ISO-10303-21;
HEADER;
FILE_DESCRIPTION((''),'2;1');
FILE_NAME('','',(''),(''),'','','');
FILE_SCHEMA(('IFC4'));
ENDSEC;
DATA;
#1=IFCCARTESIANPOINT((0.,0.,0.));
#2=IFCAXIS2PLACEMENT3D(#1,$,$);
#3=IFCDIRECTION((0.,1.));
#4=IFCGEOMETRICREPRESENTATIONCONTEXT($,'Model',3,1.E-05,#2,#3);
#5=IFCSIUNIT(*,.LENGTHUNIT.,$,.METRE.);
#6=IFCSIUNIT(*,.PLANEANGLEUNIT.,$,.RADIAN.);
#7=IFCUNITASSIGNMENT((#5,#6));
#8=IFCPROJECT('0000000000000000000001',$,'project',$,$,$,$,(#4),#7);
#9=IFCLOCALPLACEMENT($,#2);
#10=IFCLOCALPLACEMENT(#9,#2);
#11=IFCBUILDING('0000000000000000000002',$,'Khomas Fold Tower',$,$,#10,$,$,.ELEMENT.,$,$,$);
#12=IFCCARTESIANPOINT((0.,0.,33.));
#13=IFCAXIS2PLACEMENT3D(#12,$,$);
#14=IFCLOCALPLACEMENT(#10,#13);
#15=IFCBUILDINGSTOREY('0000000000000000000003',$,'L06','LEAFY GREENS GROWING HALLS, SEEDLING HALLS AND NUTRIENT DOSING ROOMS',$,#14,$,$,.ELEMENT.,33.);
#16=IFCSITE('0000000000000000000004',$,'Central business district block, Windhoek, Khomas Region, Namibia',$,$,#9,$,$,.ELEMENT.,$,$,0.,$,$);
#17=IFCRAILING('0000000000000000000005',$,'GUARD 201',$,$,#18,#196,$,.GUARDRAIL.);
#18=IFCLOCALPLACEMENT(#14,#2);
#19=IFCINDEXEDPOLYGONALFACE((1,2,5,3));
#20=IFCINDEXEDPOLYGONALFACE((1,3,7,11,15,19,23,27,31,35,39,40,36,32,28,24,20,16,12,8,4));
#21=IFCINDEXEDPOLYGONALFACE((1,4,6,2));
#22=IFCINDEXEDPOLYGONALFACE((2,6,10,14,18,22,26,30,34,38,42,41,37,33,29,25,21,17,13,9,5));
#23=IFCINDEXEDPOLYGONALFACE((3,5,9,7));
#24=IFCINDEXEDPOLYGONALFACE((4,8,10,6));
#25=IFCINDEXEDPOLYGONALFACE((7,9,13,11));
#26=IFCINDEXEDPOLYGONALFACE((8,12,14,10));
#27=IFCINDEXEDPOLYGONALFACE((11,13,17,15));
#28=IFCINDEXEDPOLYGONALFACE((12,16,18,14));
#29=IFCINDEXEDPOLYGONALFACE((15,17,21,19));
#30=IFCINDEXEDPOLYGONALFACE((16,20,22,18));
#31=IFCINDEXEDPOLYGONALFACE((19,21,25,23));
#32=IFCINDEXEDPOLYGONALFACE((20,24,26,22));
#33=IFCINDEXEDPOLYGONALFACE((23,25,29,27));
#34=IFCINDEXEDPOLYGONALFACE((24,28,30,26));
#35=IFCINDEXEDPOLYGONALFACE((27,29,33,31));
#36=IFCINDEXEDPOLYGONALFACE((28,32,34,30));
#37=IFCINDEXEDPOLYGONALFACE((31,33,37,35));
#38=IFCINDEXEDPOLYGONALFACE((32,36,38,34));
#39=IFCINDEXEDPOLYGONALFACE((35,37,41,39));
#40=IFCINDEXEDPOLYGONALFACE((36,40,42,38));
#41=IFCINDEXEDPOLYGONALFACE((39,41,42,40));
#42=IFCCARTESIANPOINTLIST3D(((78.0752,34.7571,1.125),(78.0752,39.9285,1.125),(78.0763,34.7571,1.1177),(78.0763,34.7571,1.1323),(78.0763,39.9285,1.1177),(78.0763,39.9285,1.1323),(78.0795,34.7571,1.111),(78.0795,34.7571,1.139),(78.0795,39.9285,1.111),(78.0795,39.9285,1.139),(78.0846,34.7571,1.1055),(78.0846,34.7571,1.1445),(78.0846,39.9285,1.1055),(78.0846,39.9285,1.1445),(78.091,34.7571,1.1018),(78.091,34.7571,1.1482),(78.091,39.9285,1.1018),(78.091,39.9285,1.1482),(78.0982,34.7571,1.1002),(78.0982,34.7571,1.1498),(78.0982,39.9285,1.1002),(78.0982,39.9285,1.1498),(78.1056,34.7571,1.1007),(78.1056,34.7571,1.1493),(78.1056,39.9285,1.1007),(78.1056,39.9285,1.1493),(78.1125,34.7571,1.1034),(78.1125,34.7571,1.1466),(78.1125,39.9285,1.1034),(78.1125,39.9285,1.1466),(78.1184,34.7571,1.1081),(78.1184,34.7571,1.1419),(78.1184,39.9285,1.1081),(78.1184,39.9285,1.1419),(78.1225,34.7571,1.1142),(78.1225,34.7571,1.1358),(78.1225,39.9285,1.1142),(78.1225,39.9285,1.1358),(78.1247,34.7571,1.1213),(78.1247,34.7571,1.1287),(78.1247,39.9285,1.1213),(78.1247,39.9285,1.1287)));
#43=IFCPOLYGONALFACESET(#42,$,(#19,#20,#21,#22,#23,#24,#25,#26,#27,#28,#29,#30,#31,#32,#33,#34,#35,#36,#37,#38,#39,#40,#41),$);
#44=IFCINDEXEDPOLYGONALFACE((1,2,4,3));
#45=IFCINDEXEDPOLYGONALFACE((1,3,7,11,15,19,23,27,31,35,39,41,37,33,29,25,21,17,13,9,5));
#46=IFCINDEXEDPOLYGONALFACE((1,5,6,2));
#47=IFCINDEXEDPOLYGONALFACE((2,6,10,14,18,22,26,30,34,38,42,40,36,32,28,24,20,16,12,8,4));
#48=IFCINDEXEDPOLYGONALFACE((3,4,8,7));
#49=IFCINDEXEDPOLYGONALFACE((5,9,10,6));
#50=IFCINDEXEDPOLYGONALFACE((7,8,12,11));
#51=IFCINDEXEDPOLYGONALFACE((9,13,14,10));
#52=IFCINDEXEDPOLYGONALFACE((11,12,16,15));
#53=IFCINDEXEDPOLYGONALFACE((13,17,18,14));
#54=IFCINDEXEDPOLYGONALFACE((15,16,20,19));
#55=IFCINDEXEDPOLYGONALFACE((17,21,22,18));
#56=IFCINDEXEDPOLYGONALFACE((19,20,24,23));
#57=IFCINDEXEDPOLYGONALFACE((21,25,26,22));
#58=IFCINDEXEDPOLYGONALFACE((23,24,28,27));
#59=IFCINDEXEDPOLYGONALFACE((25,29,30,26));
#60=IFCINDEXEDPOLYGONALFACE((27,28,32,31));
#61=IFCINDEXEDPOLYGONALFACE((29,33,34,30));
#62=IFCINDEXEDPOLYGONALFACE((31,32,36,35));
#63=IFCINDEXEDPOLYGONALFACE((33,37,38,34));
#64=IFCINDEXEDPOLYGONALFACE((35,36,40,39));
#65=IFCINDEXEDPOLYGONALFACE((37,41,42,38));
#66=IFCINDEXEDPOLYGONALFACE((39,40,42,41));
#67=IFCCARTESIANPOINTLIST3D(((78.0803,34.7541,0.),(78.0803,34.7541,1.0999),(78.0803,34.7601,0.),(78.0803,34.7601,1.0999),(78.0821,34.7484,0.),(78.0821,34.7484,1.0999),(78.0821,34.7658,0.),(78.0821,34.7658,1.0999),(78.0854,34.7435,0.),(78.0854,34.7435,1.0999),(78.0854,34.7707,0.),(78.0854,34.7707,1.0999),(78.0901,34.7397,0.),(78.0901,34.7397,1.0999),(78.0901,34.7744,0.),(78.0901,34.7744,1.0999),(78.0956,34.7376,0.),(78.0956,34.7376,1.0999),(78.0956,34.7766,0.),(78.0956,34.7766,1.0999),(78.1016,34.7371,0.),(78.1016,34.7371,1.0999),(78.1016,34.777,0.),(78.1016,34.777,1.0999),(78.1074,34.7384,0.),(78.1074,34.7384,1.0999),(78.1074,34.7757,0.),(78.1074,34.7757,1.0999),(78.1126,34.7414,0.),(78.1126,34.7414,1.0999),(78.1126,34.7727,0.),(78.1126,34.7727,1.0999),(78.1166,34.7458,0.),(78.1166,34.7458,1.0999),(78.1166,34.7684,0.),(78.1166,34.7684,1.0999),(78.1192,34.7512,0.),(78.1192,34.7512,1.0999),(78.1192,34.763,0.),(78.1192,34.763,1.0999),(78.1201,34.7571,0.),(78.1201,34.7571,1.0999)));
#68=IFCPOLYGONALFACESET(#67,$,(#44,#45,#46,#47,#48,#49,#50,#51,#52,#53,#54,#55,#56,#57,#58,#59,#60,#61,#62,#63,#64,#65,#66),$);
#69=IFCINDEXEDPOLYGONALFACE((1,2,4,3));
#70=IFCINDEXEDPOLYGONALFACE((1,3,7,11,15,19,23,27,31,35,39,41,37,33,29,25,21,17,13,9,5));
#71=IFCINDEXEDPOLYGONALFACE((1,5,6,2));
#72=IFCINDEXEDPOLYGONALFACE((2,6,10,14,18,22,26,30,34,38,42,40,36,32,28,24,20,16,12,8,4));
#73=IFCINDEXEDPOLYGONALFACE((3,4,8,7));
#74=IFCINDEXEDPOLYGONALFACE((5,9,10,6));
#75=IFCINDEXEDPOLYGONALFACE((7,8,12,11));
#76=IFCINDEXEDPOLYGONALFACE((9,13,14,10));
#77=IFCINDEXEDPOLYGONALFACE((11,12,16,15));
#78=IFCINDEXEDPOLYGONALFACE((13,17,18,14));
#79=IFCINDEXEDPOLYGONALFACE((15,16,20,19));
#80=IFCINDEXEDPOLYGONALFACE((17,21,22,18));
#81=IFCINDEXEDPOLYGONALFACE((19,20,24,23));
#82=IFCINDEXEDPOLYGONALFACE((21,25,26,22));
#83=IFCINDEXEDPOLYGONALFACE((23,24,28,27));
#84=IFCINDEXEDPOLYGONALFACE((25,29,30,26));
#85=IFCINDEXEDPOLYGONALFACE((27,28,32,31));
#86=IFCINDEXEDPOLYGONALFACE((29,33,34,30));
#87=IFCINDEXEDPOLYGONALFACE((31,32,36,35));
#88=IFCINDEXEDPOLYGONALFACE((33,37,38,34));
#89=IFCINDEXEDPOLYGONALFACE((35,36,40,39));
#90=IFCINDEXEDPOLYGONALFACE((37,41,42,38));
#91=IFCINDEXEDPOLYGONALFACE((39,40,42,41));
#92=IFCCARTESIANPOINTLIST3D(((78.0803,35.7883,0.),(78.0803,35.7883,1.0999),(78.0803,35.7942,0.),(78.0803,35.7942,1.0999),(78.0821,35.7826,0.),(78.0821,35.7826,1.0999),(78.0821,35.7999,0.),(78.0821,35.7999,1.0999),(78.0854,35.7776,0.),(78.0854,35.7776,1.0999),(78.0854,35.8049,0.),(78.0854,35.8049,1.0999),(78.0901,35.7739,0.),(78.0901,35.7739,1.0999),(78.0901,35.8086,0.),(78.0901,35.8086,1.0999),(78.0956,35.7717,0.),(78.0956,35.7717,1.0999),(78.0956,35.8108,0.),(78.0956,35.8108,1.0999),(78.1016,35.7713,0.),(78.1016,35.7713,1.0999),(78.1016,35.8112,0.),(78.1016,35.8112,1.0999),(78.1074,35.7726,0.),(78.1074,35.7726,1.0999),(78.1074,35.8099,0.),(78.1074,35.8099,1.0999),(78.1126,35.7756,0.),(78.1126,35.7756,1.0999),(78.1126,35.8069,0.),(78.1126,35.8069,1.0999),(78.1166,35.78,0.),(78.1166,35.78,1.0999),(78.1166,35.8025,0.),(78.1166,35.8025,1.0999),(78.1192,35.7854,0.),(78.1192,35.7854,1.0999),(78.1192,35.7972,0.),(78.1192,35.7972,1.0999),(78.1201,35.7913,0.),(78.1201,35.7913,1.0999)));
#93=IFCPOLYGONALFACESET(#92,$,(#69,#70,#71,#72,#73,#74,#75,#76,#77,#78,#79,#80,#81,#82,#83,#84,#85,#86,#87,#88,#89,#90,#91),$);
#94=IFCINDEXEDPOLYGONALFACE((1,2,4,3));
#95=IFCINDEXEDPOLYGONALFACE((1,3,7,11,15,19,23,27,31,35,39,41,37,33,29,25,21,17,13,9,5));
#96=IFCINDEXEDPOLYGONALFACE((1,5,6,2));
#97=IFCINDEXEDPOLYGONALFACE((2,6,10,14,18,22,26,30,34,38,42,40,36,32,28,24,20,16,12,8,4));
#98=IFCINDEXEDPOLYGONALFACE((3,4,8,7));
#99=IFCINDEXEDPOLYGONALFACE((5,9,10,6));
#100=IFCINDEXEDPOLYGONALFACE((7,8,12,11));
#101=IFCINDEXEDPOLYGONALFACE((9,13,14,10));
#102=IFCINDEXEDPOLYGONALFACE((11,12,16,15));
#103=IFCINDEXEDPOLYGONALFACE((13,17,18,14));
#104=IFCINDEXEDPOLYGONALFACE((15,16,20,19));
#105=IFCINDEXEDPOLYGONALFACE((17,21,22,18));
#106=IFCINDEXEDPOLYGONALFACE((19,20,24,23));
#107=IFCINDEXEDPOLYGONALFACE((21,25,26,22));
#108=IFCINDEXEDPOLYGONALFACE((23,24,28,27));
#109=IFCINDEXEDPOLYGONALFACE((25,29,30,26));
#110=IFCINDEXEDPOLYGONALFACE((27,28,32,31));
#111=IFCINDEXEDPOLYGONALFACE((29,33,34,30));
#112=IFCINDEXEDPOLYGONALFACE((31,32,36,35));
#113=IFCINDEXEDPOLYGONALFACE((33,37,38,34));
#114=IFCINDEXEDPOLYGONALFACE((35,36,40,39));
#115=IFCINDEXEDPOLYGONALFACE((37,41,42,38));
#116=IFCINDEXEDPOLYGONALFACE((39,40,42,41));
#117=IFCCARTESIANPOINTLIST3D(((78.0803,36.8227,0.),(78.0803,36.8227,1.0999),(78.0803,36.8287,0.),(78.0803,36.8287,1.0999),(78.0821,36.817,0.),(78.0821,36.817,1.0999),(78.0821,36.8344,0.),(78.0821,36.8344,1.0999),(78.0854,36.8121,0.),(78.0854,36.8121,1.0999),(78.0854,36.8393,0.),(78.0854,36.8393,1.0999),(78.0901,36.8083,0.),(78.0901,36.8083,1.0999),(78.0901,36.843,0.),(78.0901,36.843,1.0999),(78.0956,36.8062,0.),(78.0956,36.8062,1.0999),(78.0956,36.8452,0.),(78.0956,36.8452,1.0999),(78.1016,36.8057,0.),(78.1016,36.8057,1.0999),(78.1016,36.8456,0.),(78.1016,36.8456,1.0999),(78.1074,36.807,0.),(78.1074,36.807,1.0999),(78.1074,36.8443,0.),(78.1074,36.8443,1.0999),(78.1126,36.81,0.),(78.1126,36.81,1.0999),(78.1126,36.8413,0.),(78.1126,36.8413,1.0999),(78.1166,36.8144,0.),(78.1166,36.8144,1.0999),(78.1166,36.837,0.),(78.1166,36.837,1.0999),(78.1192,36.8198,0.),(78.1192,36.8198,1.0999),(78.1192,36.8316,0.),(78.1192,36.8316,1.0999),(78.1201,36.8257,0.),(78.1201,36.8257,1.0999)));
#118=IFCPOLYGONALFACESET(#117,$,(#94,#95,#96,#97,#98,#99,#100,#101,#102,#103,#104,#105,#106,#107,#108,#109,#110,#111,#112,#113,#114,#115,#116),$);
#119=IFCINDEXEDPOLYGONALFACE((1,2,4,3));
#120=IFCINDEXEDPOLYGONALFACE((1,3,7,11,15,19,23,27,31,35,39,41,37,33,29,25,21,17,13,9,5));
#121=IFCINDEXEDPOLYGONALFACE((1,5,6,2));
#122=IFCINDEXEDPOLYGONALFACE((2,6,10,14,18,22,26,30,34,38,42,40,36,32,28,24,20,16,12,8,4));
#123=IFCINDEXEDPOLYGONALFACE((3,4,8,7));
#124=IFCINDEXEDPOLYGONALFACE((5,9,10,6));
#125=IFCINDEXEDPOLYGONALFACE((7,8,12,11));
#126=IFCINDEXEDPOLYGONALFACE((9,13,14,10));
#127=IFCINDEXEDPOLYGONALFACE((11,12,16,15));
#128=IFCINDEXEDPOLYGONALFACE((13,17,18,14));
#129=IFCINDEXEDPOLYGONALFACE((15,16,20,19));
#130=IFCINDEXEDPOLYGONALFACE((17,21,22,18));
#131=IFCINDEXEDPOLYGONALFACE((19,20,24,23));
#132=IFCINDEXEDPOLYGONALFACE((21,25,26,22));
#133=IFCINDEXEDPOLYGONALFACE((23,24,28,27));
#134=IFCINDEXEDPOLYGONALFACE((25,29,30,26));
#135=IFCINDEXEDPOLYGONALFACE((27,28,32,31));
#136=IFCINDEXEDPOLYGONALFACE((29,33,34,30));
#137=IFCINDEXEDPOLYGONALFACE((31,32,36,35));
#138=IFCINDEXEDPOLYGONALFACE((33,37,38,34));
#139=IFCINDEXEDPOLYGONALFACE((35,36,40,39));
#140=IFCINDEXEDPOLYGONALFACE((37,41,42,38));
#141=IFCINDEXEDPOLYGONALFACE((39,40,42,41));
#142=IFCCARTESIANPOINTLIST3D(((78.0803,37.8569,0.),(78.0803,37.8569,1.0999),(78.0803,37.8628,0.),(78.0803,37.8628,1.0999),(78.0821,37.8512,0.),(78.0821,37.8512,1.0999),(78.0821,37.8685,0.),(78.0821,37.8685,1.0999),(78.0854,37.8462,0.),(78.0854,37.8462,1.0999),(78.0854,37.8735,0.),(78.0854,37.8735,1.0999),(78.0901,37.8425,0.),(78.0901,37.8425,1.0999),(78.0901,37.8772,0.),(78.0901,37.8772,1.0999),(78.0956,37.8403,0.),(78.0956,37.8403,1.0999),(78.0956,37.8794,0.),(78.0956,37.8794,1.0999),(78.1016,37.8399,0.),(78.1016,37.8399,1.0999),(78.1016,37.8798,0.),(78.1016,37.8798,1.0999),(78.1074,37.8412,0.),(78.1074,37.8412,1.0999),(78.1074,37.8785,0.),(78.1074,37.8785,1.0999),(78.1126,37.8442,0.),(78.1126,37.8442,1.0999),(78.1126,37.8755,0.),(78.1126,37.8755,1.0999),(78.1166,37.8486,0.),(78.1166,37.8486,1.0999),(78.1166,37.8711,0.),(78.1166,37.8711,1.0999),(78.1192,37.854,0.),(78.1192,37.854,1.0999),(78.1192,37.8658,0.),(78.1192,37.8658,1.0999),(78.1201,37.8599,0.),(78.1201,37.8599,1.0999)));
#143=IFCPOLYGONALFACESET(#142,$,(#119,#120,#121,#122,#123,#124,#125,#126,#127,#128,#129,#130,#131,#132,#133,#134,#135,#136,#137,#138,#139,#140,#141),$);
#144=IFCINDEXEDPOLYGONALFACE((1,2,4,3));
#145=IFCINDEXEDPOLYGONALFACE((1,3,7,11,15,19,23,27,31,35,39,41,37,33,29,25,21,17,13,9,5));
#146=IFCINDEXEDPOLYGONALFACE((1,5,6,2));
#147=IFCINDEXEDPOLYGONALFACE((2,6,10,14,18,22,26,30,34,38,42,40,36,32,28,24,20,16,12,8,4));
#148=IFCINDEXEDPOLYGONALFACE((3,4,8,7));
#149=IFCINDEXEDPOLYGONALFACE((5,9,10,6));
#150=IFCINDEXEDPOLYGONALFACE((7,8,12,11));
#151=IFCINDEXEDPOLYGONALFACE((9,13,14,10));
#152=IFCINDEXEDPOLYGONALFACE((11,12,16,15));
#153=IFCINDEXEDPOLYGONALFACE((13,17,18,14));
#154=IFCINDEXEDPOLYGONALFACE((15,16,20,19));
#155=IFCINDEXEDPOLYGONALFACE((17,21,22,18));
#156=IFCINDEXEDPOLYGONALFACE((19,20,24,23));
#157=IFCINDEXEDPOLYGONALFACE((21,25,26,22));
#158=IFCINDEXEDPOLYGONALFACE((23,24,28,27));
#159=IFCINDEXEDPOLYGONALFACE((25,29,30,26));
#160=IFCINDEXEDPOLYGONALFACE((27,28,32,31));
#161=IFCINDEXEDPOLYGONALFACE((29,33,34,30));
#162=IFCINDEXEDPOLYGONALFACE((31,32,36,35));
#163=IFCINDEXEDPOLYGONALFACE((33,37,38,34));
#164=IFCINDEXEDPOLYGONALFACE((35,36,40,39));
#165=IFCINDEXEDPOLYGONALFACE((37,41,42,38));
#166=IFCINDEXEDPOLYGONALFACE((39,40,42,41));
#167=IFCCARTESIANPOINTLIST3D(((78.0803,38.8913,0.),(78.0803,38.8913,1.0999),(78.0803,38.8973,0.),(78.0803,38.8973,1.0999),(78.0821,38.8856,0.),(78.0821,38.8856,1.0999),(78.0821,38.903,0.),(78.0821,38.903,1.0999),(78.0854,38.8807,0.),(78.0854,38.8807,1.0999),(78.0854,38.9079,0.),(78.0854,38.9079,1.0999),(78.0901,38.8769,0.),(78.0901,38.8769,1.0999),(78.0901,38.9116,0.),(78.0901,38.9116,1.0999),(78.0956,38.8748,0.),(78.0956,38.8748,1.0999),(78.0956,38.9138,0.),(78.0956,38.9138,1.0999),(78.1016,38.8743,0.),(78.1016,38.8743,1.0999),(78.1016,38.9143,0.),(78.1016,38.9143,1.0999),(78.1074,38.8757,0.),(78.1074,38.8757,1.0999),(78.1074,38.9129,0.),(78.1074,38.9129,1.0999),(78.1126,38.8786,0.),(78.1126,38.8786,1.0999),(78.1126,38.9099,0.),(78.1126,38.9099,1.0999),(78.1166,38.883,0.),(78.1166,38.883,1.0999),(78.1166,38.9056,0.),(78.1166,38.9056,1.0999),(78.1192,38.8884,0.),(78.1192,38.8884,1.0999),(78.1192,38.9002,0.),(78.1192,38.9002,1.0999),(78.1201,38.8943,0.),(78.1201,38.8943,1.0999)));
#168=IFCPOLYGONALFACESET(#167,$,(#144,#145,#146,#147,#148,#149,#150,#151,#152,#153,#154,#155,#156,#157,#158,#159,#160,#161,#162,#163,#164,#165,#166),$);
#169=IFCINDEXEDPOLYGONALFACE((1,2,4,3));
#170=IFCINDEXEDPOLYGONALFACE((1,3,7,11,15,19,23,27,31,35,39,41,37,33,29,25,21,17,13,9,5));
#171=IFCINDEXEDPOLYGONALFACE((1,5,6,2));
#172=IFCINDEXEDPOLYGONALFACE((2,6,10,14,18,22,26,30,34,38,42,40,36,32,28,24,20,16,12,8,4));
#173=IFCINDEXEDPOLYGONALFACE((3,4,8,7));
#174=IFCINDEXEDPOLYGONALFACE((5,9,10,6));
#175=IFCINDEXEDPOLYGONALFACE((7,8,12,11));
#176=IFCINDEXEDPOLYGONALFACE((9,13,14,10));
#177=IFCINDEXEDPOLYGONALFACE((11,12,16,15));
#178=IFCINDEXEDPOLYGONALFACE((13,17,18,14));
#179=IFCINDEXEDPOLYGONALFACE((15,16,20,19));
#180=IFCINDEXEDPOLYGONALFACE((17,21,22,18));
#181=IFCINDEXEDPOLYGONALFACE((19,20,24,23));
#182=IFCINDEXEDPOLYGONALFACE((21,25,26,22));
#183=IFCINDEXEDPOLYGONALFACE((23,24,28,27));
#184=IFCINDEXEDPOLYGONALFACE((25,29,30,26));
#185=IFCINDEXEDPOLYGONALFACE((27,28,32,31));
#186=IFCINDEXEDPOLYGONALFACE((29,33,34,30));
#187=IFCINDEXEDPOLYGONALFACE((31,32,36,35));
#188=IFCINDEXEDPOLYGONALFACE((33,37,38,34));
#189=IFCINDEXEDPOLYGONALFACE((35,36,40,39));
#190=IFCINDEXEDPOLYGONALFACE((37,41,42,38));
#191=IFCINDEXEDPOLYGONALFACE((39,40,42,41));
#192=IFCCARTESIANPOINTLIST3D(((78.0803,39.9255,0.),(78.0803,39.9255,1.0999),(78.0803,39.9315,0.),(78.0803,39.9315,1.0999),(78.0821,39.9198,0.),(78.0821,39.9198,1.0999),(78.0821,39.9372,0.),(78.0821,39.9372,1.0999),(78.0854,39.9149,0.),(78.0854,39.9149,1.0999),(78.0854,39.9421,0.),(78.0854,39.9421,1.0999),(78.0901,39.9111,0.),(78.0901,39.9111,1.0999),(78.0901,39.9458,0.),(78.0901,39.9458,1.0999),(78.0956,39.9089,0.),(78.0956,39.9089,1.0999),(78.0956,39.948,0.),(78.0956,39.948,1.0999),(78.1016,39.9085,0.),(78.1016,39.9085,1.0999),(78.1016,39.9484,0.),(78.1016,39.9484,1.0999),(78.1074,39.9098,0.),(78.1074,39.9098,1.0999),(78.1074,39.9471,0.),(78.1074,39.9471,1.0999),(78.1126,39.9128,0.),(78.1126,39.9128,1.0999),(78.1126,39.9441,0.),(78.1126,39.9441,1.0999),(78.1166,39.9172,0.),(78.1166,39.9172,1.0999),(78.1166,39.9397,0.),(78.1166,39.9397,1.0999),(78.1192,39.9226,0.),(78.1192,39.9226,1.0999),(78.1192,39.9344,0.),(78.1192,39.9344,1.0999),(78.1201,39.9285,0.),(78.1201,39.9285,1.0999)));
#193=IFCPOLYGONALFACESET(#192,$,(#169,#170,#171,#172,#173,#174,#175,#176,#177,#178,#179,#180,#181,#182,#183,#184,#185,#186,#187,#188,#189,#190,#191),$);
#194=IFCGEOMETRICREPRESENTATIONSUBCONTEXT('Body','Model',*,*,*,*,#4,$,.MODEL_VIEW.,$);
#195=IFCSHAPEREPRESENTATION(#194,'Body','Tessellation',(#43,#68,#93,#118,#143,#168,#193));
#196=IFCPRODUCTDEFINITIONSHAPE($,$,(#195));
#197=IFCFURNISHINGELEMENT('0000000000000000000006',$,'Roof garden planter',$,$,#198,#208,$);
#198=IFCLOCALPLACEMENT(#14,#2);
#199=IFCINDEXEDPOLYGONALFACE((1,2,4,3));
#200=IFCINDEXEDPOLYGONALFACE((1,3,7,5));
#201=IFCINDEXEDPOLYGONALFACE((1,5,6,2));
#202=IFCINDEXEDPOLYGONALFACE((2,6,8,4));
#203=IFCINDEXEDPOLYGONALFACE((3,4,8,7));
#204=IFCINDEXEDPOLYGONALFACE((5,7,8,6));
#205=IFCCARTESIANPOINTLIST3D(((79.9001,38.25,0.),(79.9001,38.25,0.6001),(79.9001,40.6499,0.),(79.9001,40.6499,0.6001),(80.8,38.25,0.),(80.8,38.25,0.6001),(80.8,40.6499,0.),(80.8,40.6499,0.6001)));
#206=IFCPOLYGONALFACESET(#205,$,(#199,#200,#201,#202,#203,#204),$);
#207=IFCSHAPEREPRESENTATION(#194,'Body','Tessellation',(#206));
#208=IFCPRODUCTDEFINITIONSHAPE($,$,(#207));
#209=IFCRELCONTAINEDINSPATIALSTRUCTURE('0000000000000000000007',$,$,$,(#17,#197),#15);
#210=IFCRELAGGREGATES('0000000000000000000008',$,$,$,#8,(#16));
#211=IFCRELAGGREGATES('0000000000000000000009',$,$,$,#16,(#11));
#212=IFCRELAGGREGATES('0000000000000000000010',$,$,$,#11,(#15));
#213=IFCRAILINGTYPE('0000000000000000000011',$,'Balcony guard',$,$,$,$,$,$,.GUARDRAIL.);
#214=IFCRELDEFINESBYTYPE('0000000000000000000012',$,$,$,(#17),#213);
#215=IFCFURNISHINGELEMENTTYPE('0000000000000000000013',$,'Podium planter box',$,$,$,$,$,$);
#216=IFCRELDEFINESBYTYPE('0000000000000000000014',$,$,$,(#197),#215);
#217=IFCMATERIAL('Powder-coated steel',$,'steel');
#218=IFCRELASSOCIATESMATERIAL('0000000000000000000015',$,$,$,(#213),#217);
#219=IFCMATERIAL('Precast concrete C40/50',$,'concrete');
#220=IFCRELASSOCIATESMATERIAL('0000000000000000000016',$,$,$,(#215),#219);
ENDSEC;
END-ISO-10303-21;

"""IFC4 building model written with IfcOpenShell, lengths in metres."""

from ifc_helpers import new_model, si_unit, direction, frame, origin, origin_2d, place, context, subcontext, project, spatial, rectangle, circle, extrude, source, transform, mapped, material, type_object, element, save


model = new_model("IFC4")

# Units and contexts
model_context = context("Model", 3, precision=1e-05, world=origin(), true_north=direction((0.0, 1.0)))
body_context = subcontext(model_context, "Body", "Model", "MODEL_VIEW")
ifc_project = project(units=[si_unit("LENGTHUNIT", "METRE"), si_unit("PLANEANGLEUNIT", "RADIAN")], contexts=[model_context])

# Site, building, storey
site_placement = place(None, origin())
site = spatial("IfcSite", under=ifc_project, at=site_placement, Name="Central business district block, Windhoek, Khomas Region, Namibia", CompositionType="ELEMENT", RefElevation=0.0)
building_placement = place(site_placement, origin())
building = spatial("IfcBuilding", under=site, at=building_placement, Name="Khomas Fold Tower", CompositionType="ELEMENT")
storey_placement = place(building_placement, frame((0.0, 0.0, 33.0)))
storey = spatial("IfcBuildingStorey", under=building, at=storey_placement, Name="L06", Description="LEAFY GREENS GROWING HALLS, SEEDLING HALLS AND NUTRIENT DOSING ROOMS", CompositionType="ELEMENT", Elevation=33.0)

# Railing
ifc_material_1 = material(Name="Powder-coated steel", Category="steel")
railing_type = type_object("IfcRailingType", Name="Balcony guard", PredefinedType="GUARDRAIL", material=ifc_material_1)
shared_shape_1 = source(origin(), body_context, "Body", "SweptSolid", [
    extrude(circle(Radius=0.0249, at=origin_2d()), frame((0.0, 0.0, 1.125), z_axis=(0.0, 1.0, 0.0), x_axis=(-1.0, 0.0, 0.0)), (0.0, 0.0, 1.0), 5.1714),
    extrude(circle(Radius=0.02, at=origin_2d()), origin(), (0.0, 0.0, 1.0), 1.0999),
    extrude(circle(Radius=0.02, at=origin_2d()), frame((0.0, 1.0342, 0.0)), (0.0, 0.0, 1.0), 1.0999),
    extrude(circle(Radius=0.02, at=origin_2d()), frame((0.0, 2.0686, 0.0)), (0.0, 0.0, 1.0), 1.0999),
    extrude(circle(Radius=0.02, at=origin_2d()), frame((0.0, 3.1028, 0.0)), (0.0, 0.0, 1.0), 1.0999),
    extrude(circle(Radius=0.02, at=origin_2d()), frame((0.0, 4.1372, 0.0)), (0.0, 0.0, 1.0), 1.0999),
    extrude(circle(Radius=0.02, at=origin_2d()), frame((0.0, 5.1714, 0.0)), (0.0, 0.0, 1.0), 1.0999),
])
for number, where, name in (
    (1, (78.1001, 34.7571, 0.0), "GUARD 201"),
):
    element("IfcRailing", number, at=place(storey_placement, frame(where)), inside=storey, type_object=railing_type, Name=name, PredefinedType="GUARDRAIL", context=body_context, shape_type="MappedRepresentation", body=[
        mapped(shared_shape_1, transform((0.0, 0.0, 0.0))),
    ])

# Furnishing element
ifc_material_2 = material(Name="Precast concrete C40/50", Category="concrete")
furnishing_element_type_1 = type_object("IfcFurnishingElementType", Name="Podium planter box", material=ifc_material_2)
shared_shape_2 = source(origin(), body_context, "Body", "SweptSolid", [
    extrude(rectangle(XDim=2.3999, YDim=0.8999, at=origin_2d()), origin(), (0.0, 0.0, 1.0), 0.6001),
])
for number, where, z_axis, x_axis, name in (
    (2, (80.3501, 39.45, 0.0), (0.0, 0.0, 1.0), (0.0, -1.0, 0.0), "Roof garden planter"),
):
    element("IfcFurnishingElement", number, at=place(storey_placement, frame(where, z_axis=z_axis, x_axis=x_axis)), inside=storey, type_object=furnishing_element_type_1, Name=name, context=body_context, shape_type="MappedRepresentation", body=[
        mapped(shared_shape_2, transform((0.0, 0.0, 0.0))),
    ])

save(model, "model.ifc")
